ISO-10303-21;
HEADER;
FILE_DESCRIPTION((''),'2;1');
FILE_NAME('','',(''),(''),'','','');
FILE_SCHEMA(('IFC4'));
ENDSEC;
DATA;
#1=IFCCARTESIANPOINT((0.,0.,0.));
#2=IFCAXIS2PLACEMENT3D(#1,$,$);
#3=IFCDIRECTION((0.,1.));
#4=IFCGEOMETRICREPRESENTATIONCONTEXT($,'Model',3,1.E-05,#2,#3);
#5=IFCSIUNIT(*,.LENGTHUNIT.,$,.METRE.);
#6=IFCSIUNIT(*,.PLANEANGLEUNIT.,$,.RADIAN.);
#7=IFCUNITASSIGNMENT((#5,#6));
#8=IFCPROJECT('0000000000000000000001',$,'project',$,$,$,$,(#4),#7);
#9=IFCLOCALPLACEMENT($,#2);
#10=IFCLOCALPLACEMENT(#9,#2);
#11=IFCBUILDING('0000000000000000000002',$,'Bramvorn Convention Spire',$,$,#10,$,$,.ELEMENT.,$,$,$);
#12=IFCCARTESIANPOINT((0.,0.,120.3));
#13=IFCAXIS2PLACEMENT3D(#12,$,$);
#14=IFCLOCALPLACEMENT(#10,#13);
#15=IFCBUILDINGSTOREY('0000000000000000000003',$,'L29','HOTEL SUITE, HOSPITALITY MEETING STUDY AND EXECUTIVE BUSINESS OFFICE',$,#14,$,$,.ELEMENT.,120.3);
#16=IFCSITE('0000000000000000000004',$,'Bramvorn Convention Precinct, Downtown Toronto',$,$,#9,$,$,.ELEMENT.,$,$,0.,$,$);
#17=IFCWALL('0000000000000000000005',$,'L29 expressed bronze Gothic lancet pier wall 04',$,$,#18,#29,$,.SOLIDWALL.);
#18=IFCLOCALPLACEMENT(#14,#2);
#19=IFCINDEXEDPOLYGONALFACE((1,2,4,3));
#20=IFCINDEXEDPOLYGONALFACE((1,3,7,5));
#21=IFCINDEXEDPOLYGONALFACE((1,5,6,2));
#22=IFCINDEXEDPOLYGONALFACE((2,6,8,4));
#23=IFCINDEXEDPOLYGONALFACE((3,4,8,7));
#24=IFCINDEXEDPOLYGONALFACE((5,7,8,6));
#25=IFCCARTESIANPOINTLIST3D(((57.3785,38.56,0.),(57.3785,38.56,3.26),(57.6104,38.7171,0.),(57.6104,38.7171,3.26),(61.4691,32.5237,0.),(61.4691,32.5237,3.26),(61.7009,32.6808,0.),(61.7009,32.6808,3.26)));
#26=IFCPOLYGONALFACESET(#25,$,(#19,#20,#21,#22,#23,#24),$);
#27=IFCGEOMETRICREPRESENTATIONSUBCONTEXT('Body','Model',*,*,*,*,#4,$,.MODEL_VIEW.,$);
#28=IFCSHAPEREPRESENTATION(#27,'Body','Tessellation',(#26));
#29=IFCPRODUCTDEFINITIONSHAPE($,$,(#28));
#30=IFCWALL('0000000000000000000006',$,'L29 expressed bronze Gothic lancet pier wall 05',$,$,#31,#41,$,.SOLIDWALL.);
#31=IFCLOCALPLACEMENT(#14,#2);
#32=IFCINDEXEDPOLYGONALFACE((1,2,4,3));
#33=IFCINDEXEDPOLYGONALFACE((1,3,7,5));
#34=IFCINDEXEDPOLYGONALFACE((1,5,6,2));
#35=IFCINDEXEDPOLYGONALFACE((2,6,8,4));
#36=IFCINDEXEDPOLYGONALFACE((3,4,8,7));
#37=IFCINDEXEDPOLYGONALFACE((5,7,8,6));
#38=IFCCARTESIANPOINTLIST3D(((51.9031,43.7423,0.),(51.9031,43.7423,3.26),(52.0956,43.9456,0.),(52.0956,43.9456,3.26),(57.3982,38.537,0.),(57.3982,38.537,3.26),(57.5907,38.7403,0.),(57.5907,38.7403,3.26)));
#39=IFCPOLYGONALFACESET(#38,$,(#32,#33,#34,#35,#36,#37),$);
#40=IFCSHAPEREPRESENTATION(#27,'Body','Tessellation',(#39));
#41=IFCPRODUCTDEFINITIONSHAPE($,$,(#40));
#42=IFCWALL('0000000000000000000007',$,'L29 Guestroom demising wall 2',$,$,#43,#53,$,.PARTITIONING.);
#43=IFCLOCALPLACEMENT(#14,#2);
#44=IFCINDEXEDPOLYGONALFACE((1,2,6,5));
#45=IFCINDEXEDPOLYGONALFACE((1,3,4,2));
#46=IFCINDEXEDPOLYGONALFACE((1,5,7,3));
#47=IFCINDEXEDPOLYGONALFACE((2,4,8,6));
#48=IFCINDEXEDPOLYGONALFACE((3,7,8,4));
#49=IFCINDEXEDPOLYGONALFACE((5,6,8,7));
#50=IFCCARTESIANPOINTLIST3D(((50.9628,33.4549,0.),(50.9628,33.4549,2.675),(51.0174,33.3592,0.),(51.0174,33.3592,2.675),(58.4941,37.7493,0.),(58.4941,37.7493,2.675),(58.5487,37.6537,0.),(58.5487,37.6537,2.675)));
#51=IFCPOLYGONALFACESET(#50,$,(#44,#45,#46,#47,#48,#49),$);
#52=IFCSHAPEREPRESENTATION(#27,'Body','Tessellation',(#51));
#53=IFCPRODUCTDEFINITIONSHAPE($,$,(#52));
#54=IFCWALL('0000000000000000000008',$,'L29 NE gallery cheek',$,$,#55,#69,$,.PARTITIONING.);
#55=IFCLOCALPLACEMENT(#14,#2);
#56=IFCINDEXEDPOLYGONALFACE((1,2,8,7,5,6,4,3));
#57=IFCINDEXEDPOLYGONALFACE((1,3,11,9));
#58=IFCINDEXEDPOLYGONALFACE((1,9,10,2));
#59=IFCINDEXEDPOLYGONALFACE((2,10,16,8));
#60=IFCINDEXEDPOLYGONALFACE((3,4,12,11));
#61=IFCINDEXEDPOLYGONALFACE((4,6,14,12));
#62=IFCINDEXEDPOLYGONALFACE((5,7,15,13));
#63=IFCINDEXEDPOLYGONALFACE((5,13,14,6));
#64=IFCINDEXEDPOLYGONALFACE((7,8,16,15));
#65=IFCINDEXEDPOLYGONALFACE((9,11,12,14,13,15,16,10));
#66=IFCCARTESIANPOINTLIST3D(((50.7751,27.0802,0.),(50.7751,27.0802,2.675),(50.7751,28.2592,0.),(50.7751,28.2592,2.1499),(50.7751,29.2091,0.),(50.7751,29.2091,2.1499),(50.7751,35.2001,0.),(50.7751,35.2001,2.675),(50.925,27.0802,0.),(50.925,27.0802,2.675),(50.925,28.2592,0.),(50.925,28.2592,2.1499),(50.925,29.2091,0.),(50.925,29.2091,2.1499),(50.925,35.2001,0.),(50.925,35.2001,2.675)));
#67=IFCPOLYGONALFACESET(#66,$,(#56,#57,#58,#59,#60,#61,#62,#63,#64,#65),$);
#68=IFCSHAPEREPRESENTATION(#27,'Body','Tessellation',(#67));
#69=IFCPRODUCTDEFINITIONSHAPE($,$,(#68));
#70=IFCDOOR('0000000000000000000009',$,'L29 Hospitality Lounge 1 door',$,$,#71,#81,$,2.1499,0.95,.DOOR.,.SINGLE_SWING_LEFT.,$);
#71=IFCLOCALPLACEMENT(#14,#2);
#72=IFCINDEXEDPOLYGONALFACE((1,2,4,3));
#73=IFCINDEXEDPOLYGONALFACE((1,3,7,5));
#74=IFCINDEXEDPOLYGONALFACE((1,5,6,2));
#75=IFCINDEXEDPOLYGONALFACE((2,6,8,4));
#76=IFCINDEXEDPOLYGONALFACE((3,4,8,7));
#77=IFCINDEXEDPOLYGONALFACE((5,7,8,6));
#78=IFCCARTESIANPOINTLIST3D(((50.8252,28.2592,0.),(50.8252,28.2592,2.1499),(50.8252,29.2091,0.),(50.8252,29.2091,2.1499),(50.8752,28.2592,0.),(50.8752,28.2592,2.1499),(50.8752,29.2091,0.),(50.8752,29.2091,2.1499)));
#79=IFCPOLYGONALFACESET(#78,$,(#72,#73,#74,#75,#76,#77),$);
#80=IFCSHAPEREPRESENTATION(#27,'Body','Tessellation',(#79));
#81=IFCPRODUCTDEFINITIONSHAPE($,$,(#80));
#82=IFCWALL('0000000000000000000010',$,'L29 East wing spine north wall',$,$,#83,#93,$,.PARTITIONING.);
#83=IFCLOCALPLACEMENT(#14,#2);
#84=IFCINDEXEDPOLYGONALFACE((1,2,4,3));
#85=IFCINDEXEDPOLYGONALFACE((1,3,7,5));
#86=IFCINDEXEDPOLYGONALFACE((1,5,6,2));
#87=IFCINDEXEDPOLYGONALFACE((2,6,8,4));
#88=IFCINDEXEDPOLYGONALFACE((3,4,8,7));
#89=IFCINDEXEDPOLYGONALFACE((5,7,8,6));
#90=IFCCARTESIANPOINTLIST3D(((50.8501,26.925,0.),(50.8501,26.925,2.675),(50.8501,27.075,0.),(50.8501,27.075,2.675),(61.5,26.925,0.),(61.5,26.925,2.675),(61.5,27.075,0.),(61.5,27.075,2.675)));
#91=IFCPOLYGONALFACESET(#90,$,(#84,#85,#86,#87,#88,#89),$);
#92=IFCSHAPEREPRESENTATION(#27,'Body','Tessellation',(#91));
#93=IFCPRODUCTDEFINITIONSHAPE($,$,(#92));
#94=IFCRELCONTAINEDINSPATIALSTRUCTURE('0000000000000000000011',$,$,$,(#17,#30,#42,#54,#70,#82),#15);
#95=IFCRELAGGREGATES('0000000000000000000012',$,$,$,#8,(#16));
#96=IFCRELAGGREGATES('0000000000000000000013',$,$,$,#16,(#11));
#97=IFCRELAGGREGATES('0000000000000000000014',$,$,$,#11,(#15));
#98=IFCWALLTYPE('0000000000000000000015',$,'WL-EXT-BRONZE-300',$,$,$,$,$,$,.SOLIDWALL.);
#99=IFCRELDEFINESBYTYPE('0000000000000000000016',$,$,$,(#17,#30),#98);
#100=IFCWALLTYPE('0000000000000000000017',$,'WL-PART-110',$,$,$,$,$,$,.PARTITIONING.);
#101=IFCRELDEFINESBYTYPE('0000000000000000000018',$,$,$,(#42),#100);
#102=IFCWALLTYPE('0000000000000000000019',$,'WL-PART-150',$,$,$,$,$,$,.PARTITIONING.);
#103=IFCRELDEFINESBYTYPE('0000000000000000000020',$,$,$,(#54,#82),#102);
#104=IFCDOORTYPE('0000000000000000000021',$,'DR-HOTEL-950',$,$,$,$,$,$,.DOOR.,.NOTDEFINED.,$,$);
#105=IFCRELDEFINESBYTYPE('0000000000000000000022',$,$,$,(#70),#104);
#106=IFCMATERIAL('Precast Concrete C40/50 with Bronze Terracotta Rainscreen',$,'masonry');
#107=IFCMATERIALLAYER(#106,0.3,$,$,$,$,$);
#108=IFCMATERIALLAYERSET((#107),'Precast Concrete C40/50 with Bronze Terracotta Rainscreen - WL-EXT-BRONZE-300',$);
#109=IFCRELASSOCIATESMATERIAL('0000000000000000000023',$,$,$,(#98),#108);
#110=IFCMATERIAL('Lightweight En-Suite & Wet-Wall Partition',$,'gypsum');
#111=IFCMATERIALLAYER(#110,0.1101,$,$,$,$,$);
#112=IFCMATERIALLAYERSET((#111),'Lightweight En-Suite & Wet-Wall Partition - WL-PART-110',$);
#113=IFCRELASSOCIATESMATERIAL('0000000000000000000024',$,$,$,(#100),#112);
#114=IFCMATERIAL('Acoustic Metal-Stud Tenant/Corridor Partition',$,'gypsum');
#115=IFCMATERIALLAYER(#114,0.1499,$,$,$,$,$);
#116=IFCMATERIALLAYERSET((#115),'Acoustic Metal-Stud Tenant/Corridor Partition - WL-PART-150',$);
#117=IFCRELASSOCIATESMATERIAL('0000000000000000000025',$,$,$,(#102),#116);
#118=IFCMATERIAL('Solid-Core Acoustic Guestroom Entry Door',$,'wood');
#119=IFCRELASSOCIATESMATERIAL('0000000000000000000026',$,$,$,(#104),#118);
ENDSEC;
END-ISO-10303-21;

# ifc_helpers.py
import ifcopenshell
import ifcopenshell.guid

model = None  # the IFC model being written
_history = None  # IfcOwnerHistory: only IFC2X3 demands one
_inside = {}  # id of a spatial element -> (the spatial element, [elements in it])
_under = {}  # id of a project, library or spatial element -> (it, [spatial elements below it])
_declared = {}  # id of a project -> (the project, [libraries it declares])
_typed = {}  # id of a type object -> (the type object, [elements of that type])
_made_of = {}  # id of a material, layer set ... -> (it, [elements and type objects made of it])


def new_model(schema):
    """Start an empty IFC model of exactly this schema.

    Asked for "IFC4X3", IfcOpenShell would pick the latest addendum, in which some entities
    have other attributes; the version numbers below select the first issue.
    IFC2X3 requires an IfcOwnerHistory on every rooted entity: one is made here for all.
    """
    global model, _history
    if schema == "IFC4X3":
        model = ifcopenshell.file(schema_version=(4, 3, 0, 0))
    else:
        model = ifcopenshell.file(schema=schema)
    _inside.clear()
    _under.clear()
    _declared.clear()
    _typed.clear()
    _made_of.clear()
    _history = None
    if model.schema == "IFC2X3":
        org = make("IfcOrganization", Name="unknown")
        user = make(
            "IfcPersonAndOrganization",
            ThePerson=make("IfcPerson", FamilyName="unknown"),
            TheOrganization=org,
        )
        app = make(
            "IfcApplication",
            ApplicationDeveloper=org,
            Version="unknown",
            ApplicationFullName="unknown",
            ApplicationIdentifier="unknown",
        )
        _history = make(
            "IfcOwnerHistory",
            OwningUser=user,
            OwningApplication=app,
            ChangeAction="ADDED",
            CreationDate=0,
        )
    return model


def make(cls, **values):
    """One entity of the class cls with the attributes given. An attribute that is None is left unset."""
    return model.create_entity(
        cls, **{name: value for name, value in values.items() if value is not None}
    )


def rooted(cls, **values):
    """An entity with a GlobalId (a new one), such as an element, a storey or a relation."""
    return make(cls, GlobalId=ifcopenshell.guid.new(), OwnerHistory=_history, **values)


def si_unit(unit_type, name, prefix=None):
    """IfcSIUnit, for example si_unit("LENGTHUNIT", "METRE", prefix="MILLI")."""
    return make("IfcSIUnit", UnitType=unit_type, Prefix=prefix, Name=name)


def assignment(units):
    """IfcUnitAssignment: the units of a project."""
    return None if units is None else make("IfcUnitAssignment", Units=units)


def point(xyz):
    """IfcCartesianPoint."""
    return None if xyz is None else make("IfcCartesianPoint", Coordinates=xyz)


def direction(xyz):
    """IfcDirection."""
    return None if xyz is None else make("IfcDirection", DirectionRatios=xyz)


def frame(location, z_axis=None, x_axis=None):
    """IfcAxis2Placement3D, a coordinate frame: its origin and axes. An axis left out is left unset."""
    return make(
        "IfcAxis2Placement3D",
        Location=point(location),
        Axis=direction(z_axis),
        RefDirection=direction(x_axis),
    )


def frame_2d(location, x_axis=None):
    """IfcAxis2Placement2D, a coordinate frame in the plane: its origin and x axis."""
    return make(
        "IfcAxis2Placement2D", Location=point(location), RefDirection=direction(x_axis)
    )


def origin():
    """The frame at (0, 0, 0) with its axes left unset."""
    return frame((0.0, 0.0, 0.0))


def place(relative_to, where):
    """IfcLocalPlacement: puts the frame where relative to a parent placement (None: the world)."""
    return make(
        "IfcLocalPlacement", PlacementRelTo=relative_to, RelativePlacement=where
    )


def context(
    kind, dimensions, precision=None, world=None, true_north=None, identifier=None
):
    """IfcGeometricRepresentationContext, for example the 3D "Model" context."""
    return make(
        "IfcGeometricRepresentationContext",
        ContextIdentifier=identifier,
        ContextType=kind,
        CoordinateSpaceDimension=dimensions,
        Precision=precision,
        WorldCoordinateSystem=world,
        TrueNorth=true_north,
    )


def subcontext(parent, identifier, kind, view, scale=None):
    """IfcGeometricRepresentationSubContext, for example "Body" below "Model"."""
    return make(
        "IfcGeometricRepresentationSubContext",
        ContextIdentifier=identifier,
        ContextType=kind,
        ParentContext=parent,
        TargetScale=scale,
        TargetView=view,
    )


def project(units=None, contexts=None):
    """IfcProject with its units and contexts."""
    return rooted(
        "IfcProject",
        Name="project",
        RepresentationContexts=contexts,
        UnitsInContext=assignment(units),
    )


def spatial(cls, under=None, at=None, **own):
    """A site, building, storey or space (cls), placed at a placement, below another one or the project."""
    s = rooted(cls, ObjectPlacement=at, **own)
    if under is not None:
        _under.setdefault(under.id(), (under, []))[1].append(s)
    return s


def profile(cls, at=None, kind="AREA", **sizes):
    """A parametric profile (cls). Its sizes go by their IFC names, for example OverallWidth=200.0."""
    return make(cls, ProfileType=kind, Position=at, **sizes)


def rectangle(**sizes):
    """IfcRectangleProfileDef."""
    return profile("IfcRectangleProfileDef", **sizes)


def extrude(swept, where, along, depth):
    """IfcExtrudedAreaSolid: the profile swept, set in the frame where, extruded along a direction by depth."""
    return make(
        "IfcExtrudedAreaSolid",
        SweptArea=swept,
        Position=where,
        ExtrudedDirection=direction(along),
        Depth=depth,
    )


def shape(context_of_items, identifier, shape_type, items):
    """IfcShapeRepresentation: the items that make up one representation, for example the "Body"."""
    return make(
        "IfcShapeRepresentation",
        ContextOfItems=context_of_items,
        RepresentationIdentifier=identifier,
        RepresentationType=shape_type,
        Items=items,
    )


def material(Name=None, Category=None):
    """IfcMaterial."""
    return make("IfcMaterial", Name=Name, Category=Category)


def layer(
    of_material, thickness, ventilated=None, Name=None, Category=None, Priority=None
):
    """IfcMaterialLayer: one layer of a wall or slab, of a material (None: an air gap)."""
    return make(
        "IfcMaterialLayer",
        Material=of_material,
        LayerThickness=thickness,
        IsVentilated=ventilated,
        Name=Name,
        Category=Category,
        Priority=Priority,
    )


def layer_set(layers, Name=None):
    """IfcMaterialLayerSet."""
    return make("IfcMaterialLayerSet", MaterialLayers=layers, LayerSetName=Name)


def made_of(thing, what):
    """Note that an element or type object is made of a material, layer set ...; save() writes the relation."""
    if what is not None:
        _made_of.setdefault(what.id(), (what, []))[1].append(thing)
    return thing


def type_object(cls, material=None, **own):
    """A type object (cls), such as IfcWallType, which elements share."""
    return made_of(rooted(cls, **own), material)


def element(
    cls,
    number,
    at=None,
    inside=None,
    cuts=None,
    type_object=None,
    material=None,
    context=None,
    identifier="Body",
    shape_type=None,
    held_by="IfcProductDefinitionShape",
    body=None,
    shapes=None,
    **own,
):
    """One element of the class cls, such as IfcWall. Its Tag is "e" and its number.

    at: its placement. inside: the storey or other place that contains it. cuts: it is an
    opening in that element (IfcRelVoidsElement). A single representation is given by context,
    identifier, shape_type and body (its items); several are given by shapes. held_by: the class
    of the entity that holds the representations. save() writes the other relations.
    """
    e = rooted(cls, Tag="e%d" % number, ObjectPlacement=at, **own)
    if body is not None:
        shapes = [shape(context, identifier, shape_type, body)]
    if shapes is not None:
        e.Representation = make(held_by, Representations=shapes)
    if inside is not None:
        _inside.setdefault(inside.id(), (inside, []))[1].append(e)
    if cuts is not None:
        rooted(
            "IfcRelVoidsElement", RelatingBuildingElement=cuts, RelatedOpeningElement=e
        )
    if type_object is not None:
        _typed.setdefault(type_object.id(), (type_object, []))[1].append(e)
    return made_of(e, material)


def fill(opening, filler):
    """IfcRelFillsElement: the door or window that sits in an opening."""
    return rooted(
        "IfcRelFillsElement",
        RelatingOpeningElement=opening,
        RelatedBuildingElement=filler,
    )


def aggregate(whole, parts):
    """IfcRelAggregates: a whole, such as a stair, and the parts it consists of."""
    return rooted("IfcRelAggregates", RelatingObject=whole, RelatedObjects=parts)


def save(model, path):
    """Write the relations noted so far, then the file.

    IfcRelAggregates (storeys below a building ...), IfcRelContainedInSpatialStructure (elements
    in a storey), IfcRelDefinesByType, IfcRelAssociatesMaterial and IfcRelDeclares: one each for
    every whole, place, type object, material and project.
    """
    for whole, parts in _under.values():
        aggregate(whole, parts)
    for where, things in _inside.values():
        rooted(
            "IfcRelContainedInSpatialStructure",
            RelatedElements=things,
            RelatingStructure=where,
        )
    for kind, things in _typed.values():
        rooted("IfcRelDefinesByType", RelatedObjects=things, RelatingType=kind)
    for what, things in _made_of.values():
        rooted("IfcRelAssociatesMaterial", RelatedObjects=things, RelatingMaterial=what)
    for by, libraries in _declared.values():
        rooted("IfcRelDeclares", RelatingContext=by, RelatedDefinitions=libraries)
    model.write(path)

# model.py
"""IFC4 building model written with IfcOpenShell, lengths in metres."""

from ifc_helpers import new_model, si_unit, direction, frame, frame_2d, origin, place, context, subcontext, project, spatial, rectangle, extrude, material, layer, layer_set, type_object, element, fill, save


model = new_model("IFC4")

# Units and contexts
model_context = context("Model", 3, precision=1e-05, world=origin(), true_north=direction((0.0, 1.0)))
body_context = subcontext(model_context, "Body", "Model", "MODEL_VIEW")
ifc_project = project(units=[si_unit("LENGTHUNIT", "METRE"), si_unit("PLANEANGLEUNIT", "RADIAN")], contexts=[model_context])

# Site, building, storey
site_placement = place(None, origin())
site = spatial("IfcSite", under=ifc_project, at=site_placement, Name="Bramvorn Convention Precinct, Downtown Toronto", CompositionType="ELEMENT", RefElevation=0.0)
building_placement = place(site_placement, origin())
building = spatial("IfcBuilding", under=site, at=building_placement, Name="Bramvorn Convention Spire", CompositionType="ELEMENT")
storey_placement = place(building_placement, frame((0.0, 0.0, 120.3)))
storey = spatial("IfcBuildingStorey", under=building, at=storey_placement, Name="L29", Description="HOTEL SUITE, HOSPITALITY MEETING STUDY AND EXECUTIVE BUSINESS OFFICE", CompositionType="ELEMENT", Elevation=120.3)

# Walls
ifc_material_1 = material(Name="Precast Concrete C40/50 with Bronze Terracotta Rainscreen", Category="masonry")
ifc_layer_1 = layer(ifc_material_1, 0.3)
ifc_layer_set_1 = layer_set([ifc_layer_1], Name="Precast Concrete C40/50 with Bronze Terracotta Rainscreen - WL-EXT-BRONZE-300")
wall_type_1 = type_object("IfcWallType", Name="WL-EXT-BRONZE-300", PredefinedType="SOLIDWALL", material=ifc_layer_set_1)
wall_1_placement = place(storey_placement, frame((57.4944, 38.6387, 0.0), z_axis=(0.0, 0.0, 1.0), x_axis=(0.560981, -0.827828, 0.0)))
element("IfcWall", 1, at=wall_1_placement, inside=storey, type_object=wall_type_1, Name="L29 expressed bronze Gothic lancet pier wall 04", PredefinedType="SOLIDWALL", context=body_context, shape_type="SweptSolid", body=[
    extrude(rectangle(XDim=7.2917, YDim=0.28, at=frame_2d((3.646, 0.0))), origin(), (0.0, 0.0, 1.0), 3.26),
])
wall_2_placement = place(storey_placement, frame((51.9993, 43.844, 0.0), z_axis=(0.0, 0.0, 1.0), x_axis=(0.725991, -0.687704, 0.0)))
element("IfcWall", 2, at=wall_2_placement, inside=storey, type_object=wall_type_1, Name="L29 expressed bronze Gothic lancet pier wall 05", PredefinedType="SOLIDWALL", context=body_context, shape_type="SweptSolid", body=[
    extrude(rectangle(XDim=7.5691, YDim=0.28, at=frame_2d((3.7847, 0.0))), origin(), (0.0, 0.0, 1.0), 3.26),
])
ifc_material_2 = material(Name="Lightweight En-Suite & Wet-Wall Partition", Category="gypsum")
ifc_layer_2 = layer(ifc_material_2, 0.1101)
ifc_layer_set_2 = layer_set([ifc_layer_2], Name="Lightweight En-Suite & Wet-Wall Partition - WL-PART-110")
wall_type_2 = type_object("IfcWallType", Name="WL-PART-110", PredefinedType="PARTITIONING", material=ifc_layer_set_2)
wall_3_placement = place(storey_placement, frame((50.99, 33.407, 0.0), z_axis=(0.0, 0.0, 1.0), x_axis=(0.868697, 0.495344, 0.0)))
element("IfcWall", 3, at=wall_3_placement, inside=storey, type_object=wall_type_2, Name="L29 Guestroom demising wall 2", PredefinedType="PARTITIONING", context=body_context, shape_type="SweptSolid", body=[
    extrude(rectangle(XDim=8.6697, YDim=0.1101, at=frame_2d((4.335, 0.0))), origin(), (0.0, 0.0, 1.0), 2.675),
])

# Wall, opening, door
ifc_material_3 = material(Name="Acoustic Metal-Stud Tenant/Corridor Partition", Category="gypsum")
ifc_layer_3 = layer(ifc_material_3, 0.1499)
ifc_layer_set_3 = layer_set([ifc_layer_3], Name="Acoustic Metal-Stud Tenant/Corridor Partition - WL-PART-150")
wall_type_3 = type_object("IfcWallType", Name="WL-PART-150", PredefinedType="PARTITIONING", material=ifc_layer_set_3)
wall_4_placement = place(storey_placement, frame((50.8501, 27.0801, 0.0), z_axis=(0.0, 0.0, 1.0), x_axis=(0.0, 1.0, 0.0)))
wall_4 = element("IfcWall", 4, at=wall_4_placement, inside=storey, type_object=wall_type_3, Name="L29 NE gallery cheek", PredefinedType="PARTITIONING", context=body_context, shape_type="SweptSolid", body=[
    extrude(rectangle(XDim=8.1199, YDim=0.1499, at=frame_2d((4.0601, 0.0))), origin(), (0.0, 0.0, 1.0), 2.675),
])
opening_placement = place(wall_4_placement, frame((1.179, 0.0, 0.0)))
opening = element("IfcOpeningElement", 5, at=opening_placement, cuts=wall_4, PredefinedType="OPENING", context=body_context, shape_type="SweptSolid", body=[
    extrude(rectangle(XDim=0.95, YDim=2.1499, at=frame_2d((0.4751, 1.075))), frame((0.0, 0.085, 0.0), z_axis=(0.0, -1.0, 0.0), x_axis=(1.0, 0.0, 0.0)), (0.0, 0.0, 1.0), 0.1699),
])
ifc_material_4 = material(Name="Solid-Core Acoustic Guestroom Entry Door", Category="wood")
door_type = type_object("IfcDoorType", Name="DR-HOTEL-950", OperationType="NOTDEFINED", PredefinedType="DOOR", material=ifc_material_4)
door_placement = place(opening_placement, origin())
door = element("IfcDoor", 6, at=door_placement, inside=storey, type_object=door_type, Name="L29 Hospitality Lounge 1 door", OperationType="SINGLE_SWING_LEFT", OverallHeight=2.1499, OverallWidth=0.95, PredefinedType="DOOR", context=body_context, shape_type="SweptSolid", body=[
    extrude(rectangle(XDim=0.95, YDim=2.1499, at=frame_2d((0.4751, 1.075))), frame((0.0, 0.0249, 0.0), z_axis=(0.0, -1.0, 0.0), x_axis=(1.0, 0.0, 0.0)), (0.0, 0.0, 1.0), 0.05),
])
fill(opening, door)

# Wall
wall_5_placement = place(storey_placement, frame((50.8501, 27.0, 0.0), z_axis=(0.0, 0.0, 1.0), x_axis=(1.0, 0.0, 0.0)))
element("IfcWall", 7, at=wall_5_placement, inside=storey, type_object=wall_type_3, Name="L29 East wing spine north wall", PredefinedType="PARTITIONING", context=body_context, shape_type="SweptSolid", body=[
    extrude(rectangle(XDim=10.6499, YDim=0.1499, at=frame_2d((5.325, 0.0))), origin(), (0.0, 0.0, 1.0), 2.675),
])

save(model, "model.ifc")
